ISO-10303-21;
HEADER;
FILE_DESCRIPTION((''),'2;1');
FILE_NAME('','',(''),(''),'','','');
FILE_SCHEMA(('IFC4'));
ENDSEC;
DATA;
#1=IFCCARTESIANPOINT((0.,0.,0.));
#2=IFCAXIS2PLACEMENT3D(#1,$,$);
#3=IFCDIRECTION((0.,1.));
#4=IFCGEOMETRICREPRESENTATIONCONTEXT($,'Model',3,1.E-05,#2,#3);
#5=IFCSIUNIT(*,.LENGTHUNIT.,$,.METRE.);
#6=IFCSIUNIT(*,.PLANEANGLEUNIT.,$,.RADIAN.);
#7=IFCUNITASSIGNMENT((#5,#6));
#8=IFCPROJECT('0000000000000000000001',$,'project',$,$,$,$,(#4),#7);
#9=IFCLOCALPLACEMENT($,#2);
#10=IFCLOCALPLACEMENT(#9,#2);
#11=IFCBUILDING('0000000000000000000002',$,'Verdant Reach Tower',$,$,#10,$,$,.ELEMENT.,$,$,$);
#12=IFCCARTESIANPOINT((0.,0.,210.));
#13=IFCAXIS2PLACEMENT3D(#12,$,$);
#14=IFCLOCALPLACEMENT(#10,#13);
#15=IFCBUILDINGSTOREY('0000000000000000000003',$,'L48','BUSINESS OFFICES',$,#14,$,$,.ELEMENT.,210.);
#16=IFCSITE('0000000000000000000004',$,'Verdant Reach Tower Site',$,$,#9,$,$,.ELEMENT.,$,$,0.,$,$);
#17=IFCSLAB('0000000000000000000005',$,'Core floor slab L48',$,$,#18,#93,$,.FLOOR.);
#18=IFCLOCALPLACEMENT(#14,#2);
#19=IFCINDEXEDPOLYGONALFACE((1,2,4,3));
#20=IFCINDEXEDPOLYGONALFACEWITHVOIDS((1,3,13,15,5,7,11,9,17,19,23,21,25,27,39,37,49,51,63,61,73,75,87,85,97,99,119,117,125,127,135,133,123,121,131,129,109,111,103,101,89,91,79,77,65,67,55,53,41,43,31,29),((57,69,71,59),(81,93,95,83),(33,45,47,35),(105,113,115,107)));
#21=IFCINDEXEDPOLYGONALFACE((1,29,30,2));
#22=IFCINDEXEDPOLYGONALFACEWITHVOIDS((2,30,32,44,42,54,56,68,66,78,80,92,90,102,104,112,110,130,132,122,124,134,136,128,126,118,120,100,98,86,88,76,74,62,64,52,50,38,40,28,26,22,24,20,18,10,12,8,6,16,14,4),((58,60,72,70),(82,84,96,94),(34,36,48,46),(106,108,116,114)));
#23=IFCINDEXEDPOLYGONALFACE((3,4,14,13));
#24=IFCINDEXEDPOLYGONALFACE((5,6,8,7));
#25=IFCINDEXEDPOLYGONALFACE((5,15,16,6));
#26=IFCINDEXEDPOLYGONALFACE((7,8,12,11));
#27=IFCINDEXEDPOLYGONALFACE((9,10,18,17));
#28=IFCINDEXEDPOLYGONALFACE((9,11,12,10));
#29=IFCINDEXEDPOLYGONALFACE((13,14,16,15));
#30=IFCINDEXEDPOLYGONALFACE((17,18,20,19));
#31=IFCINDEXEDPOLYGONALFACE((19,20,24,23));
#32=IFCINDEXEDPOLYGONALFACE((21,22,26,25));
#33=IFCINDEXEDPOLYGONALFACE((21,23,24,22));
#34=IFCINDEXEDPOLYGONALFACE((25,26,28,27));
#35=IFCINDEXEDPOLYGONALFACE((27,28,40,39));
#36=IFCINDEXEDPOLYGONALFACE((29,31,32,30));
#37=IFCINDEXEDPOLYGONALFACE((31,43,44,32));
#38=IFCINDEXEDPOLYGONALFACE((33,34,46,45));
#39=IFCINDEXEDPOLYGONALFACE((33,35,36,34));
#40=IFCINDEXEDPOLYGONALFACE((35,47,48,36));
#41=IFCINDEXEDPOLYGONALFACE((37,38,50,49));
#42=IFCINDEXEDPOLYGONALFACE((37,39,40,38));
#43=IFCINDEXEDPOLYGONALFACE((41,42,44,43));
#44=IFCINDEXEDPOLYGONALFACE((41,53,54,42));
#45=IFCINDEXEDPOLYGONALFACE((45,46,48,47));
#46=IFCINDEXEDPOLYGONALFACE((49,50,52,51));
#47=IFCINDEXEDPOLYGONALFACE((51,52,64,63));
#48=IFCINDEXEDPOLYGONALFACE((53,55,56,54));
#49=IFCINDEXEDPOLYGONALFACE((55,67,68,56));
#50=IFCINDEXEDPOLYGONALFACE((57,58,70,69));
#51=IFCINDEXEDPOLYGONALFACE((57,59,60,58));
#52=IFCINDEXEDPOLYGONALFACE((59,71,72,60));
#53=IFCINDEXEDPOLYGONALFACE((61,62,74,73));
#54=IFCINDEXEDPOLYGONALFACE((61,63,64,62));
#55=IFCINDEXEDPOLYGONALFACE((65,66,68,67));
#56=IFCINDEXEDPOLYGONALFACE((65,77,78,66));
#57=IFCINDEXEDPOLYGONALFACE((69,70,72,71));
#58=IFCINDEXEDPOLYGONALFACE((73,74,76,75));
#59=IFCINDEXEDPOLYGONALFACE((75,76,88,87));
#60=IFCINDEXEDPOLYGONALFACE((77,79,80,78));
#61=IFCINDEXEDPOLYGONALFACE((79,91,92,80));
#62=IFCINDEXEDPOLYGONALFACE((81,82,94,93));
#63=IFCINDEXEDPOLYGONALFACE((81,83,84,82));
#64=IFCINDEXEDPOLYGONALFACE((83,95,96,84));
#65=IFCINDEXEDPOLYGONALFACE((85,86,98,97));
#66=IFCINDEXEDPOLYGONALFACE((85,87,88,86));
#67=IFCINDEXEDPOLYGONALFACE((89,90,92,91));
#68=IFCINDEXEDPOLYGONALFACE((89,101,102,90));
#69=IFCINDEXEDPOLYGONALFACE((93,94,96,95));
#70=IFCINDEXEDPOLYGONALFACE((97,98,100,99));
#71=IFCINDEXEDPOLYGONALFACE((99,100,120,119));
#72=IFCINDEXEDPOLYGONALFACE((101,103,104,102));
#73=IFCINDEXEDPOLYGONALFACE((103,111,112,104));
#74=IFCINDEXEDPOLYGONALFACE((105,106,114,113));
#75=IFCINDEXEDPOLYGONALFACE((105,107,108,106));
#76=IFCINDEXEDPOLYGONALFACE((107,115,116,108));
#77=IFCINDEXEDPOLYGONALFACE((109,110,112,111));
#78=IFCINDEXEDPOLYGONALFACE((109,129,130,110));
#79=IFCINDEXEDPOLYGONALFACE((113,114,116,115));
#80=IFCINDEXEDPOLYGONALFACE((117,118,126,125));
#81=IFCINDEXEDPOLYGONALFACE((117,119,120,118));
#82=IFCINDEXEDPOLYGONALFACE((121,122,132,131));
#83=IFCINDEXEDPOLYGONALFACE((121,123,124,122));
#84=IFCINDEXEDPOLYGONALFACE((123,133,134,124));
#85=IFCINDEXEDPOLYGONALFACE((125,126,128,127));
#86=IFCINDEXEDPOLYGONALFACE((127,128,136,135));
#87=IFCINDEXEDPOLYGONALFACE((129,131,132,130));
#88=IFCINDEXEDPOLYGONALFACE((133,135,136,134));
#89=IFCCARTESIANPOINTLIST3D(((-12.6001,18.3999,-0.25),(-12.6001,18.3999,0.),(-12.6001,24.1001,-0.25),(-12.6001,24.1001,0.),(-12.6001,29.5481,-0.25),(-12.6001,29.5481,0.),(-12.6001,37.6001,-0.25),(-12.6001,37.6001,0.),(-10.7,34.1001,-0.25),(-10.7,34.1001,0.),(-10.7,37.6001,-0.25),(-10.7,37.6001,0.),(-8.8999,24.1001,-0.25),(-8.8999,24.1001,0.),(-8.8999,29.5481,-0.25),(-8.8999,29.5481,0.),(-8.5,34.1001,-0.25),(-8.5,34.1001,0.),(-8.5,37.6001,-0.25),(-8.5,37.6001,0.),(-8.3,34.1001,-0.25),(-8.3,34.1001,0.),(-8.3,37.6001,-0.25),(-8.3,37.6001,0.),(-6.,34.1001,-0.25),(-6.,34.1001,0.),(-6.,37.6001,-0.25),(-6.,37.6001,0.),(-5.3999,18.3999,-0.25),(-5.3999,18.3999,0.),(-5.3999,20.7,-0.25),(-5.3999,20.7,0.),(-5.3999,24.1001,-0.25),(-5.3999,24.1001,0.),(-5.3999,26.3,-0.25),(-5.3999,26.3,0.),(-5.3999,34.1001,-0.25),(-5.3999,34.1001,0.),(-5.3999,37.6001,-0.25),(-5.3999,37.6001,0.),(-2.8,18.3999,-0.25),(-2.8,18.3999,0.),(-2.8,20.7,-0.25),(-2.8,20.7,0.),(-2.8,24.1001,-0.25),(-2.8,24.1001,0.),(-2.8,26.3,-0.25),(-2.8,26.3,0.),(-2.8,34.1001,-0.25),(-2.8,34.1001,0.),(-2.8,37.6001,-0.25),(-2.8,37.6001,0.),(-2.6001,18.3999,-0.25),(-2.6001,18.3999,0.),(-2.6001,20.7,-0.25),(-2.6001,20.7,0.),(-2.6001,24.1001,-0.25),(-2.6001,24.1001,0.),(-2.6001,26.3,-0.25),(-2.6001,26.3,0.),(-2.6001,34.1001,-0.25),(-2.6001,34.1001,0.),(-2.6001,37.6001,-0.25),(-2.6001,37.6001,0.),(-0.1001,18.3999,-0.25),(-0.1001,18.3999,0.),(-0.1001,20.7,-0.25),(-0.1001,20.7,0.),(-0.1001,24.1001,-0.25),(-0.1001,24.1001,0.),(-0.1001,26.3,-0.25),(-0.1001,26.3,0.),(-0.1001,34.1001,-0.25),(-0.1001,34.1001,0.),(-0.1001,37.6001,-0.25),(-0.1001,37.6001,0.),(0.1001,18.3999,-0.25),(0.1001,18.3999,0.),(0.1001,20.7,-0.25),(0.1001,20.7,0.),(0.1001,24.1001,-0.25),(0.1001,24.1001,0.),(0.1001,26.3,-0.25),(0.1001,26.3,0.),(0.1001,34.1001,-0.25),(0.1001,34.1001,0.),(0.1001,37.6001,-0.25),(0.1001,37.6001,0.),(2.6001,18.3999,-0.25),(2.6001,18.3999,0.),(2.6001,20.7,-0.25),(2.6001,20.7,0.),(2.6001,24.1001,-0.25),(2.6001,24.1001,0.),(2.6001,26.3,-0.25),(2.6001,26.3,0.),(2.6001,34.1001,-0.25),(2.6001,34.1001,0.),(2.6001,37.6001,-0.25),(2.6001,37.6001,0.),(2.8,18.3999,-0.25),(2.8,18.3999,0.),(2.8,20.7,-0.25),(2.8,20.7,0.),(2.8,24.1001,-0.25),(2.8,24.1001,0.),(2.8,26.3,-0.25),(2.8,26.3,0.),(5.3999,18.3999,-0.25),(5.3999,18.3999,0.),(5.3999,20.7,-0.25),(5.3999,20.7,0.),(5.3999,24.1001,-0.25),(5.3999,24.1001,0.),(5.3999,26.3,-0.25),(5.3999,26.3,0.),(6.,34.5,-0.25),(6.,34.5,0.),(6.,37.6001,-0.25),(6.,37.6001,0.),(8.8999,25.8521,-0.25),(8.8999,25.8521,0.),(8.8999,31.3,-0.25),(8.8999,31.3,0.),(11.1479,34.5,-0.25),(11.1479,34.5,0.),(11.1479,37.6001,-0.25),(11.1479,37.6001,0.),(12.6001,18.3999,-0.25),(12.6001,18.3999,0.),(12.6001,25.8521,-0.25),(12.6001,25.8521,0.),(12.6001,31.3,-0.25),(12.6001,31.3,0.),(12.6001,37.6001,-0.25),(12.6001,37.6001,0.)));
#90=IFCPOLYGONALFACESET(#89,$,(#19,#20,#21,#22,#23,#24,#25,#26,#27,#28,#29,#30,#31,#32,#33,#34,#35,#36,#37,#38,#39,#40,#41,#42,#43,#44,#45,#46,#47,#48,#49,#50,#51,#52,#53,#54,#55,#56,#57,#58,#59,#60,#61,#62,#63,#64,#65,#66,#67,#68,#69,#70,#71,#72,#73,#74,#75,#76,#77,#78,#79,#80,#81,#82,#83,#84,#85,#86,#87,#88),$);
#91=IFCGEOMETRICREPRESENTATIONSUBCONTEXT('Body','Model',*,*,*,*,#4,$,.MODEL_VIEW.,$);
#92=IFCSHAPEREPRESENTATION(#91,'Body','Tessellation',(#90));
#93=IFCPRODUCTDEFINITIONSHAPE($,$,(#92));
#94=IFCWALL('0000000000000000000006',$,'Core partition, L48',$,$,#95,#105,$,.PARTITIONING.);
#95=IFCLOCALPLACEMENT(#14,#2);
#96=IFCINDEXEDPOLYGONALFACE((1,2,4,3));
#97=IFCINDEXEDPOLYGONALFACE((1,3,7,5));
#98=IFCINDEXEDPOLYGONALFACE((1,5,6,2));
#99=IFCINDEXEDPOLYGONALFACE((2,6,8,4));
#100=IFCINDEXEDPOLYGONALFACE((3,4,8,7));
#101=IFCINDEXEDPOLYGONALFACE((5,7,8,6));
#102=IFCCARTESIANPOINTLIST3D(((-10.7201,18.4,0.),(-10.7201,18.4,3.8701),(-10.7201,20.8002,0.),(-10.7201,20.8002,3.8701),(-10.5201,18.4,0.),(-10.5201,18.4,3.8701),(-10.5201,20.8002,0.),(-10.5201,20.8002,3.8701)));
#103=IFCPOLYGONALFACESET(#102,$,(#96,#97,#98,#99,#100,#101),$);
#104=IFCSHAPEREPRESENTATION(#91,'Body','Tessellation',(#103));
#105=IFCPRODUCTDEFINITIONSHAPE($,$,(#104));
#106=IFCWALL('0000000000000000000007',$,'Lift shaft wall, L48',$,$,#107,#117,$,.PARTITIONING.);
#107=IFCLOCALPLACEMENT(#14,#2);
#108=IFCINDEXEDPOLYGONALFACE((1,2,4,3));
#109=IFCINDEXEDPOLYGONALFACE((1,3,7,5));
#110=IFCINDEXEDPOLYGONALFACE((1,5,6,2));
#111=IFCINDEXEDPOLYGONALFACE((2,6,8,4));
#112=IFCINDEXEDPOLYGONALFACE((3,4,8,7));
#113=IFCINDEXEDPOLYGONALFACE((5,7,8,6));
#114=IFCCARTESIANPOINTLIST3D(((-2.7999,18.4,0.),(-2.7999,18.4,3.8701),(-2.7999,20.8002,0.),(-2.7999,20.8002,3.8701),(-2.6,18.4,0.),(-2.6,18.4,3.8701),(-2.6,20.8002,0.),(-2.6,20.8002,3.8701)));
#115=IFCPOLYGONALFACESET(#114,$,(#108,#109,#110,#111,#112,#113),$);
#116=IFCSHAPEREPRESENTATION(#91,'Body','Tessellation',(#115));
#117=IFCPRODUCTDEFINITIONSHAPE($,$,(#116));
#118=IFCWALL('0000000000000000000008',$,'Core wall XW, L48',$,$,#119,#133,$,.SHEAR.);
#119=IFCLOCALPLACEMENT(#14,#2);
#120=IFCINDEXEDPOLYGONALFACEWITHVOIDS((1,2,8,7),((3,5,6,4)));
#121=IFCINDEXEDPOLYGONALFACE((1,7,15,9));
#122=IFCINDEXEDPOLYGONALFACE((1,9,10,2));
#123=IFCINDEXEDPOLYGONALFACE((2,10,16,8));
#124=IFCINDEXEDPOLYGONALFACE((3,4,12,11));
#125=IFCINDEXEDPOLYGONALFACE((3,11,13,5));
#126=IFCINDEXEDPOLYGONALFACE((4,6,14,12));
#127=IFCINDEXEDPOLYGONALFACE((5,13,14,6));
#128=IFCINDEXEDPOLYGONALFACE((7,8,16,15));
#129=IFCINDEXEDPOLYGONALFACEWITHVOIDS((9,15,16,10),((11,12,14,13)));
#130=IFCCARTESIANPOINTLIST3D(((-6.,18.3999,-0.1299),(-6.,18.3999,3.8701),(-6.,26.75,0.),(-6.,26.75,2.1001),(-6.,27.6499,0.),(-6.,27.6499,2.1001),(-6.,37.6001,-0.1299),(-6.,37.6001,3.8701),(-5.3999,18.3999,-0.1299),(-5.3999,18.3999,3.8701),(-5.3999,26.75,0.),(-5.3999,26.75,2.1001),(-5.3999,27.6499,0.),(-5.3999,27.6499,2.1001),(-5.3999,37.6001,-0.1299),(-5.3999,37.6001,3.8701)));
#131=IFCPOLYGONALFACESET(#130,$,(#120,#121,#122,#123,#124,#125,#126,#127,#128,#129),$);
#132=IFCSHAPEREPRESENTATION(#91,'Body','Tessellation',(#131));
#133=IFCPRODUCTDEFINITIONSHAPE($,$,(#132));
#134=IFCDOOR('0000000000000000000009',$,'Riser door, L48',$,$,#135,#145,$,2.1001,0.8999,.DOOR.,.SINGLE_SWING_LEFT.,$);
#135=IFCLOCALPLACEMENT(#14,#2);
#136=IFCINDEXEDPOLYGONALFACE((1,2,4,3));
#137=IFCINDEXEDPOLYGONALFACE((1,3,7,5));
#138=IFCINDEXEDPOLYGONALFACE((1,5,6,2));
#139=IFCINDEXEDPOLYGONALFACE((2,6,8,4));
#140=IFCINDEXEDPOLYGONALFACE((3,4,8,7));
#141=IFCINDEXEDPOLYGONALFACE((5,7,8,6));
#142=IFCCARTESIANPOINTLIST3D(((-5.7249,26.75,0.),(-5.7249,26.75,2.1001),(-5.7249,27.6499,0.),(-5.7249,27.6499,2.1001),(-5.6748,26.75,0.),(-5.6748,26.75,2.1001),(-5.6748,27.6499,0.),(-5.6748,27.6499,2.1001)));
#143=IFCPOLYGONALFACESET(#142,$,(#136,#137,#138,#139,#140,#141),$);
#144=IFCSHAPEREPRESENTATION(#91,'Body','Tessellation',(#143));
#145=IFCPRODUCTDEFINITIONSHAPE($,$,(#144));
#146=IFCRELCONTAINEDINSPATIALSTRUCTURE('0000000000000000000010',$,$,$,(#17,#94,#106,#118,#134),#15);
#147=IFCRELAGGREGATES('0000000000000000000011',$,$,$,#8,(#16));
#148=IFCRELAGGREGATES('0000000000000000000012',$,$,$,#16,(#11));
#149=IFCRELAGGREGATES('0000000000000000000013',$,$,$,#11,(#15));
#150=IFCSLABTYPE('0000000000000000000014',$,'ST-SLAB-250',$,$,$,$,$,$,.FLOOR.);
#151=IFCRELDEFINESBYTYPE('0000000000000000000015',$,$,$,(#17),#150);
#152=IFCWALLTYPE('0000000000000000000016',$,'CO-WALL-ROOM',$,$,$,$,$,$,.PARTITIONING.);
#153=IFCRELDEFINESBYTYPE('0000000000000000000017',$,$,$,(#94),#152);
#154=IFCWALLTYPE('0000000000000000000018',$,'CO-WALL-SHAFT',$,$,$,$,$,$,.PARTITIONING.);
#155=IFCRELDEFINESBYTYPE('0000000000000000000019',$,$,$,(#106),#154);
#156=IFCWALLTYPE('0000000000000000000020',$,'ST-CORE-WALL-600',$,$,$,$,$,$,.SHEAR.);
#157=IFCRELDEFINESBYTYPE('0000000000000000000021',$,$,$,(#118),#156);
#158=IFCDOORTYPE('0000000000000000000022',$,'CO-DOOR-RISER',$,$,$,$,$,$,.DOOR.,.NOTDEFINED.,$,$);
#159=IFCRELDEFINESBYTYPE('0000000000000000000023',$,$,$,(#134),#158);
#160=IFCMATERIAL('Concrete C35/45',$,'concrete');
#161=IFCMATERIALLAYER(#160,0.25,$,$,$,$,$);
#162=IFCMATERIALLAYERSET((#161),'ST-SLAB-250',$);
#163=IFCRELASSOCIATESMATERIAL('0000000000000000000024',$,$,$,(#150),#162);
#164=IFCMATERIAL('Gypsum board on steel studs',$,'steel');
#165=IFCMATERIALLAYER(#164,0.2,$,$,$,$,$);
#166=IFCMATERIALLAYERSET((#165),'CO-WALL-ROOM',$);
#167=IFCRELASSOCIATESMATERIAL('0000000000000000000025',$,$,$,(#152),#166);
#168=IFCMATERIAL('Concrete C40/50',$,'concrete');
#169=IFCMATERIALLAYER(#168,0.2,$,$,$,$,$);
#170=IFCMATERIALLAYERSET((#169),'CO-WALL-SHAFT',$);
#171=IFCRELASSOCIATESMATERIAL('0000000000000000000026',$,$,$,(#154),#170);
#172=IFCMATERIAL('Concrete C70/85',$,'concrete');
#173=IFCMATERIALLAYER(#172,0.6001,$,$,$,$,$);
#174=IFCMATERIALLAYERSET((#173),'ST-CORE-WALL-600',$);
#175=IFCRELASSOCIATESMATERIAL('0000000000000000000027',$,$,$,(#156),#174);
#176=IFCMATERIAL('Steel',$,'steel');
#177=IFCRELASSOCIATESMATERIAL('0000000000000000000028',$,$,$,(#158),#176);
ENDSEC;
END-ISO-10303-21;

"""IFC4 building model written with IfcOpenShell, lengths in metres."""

from ifc_helpers import new_model, si_unit, direction, frame, frame_2d, origin, place, context, subcontext, project, spatial, polyline, rectangle, outline, extrude, material, layer, layer_set, type_object, element, fill, save


model = new_model("IFC4")

# Units and contexts
model_context = context("Model", 3, precision=1e-05, world=origin(), true_north=direction((0.0, 1.0)))
body_context = subcontext(model_context, "Body", "Model", "MODEL_VIEW")
ifc_project = project(units=[si_unit("LENGTHUNIT", "METRE"), si_unit("PLANEANGLEUNIT", "RADIAN")], contexts=[model_context])

# Site, building, storey
site_placement = place(None, origin())
site = spatial("IfcSite", under=ifc_project, at=site_placement, Name="Verdant Reach Tower Site", CompositionType="ELEMENT", RefElevation=0.0)
building_placement = place(site_placement, origin())
building = spatial("IfcBuilding", under=site, at=building_placement, Name="Verdant Reach Tower", CompositionType="ELEMENT")
storey_placement = place(building_placement, frame((0.0, 0.0, 210.0)))
storey = spatial("IfcBuildingStorey", under=building, at=storey_placement, Name="L48", Description="BUSINESS OFFICES", CompositionType="ELEMENT", Elevation=210.0)

# Shared definitions
ifc_material_1 = material(Name="Concrete C40/50", Category="concrete")

# Slab
ifc_material_2 = material(Name="Concrete C35/45", Category="concrete")
ifc_layer_1 = layer(ifc_material_2, 0.25)
ifc_layer_set_1 = layer_set([ifc_layer_1], Name="ST-SLAB-250")
slab_type_1 = type_object("IfcSlabType", Name="ST-SLAB-250", PredefinedType="FLOOR", material=ifc_layer_set_1)
slab_1_placement = place(storey_placement, frame((0.0, 0.0, -0.25)))
element("IfcSlab", 1, at=slab_1_placement, inside=storey, type_object=slab_type_1, Name="Core floor slab L48", PredefinedType="FLOOR", context=body_context, shape_type="SweptSolid", body=[
    extrude(outline(polyline([(12.6001, 18.3999), (5.3999, 18.3999), (5.3999, 20.7), (2.8, 20.7), (2.8, 18.3999), (2.6001, 18.3999), (2.6001, 20.7), (0.1001, 20.7), (0.1001, 18.3999), (-0.1001, 18.3999), (-0.1001, 20.7), (-2.6001, 20.7), (-2.6001, 18.3999), (-2.8, 18.3999), (-2.8, 20.7), (-5.3999, 20.7), (-5.3999, 18.3999), (-12.6001, 18.3999), (-12.6001, 24.1001), (-8.8999, 24.1001), (-8.8999, 29.5481), (-12.6001, 29.5481), (-12.6001, 37.6001), (-10.7, 37.6001), (-10.7, 34.1001), (-8.5, 34.1001), (-8.5, 37.6001), (-8.3, 37.6001), (-8.3, 34.1001), (-6.0, 34.1001), (-6.0, 37.6001), (-5.3999, 37.6001), (-5.3999, 34.1001), (-2.8, 34.1001), (-2.8, 37.6001), (-2.6001, 37.6001), (-2.6001, 34.1001), (-0.1001, 34.1001), (-0.1001, 37.6001), (0.1001, 37.6001), (0.1001, 34.1001), (2.6001, 34.1001), (2.6001, 37.6001), (6.0, 37.6001), (6.0, 34.5), (11.1479, 34.5), (11.1479, 37.6001), (12.6001, 37.6001), (12.6001, 31.3), (8.8999, 31.3), (8.8999, 25.8521), (12.6001, 25.8521), (12.6001, 18.3999)]), holes=[polyline([(-2.8, 24.1001), (-2.8, 26.3), (-5.3999, 26.3), (-5.3999, 24.1001), (-2.8, 24.1001)]), polyline([(-0.1001, 24.1001), (-0.1001, 26.3), (-2.6001, 26.3), (-2.6001, 24.1001), (-0.1001, 24.1001)]), polyline([(2.6001, 24.1001), (2.6001, 26.3), (0.1001, 26.3), (0.1001, 24.1001), (2.6001, 24.1001)]), polyline([(5.3999, 24.1001), (5.3999, 26.3), (2.8, 26.3), (2.8, 24.1001), (5.3999, 24.1001)])]), origin(), (0.0, 0.0, 1.0), 0.25),
])

# Walls
ifc_material_3 = material(Name="Gypsum board on steel studs", Category="steel")
ifc_layer_2 = layer(ifc_material_3, 0.2)
ifc_layer_set_2 = layer_set([ifc_layer_2], Name="CO-WALL-ROOM")
wall_type_1 = type_object("IfcWallType", Name="CO-WALL-ROOM", PredefinedType="PARTITIONING", material=ifc_layer_set_2)
wall_1_placement = place(storey_placement, frame((-10.6201, 18.3999, 0.0), z_axis=(0.0, 0.0, 1.0), x_axis=(0.0, 1.0, 0.0)))
element("IfcWall", 2, at=wall_1_placement, inside=storey, type_object=wall_type_1, Name="Core partition, L48", PredefinedType="PARTITIONING", context=body_context, shape_type="SweptSolid", body=[
    extrude(rectangle(XDim=2.4001, YDim=0.2, at=frame_2d((1.2002, 0.0))), origin(), (0.0, 0.0, 1.0), 3.8701),
])
ifc_layer_3 = layer(ifc_material_1, 0.2)
ifc_layer_set_3 = layer_set([ifc_layer_3], Name="CO-WALL-SHAFT")
wall_type_2 = type_object("IfcWallType", Name="CO-WALL-SHAFT", PredefinedType="PARTITIONING", material=ifc_layer_set_3)
wall_2_placement = place(storey_placement, frame((-2.7, 18.3999, 0.0), z_axis=(0.0, 0.0, 1.0), x_axis=(0.0, 1.0, 0.0)))
element("IfcWall", 3, at=wall_2_placement, inside=storey, type_object=wall_type_2, Name="Lift shaft wall, L48", PredefinedType="PARTITIONING", context=body_context, shape_type="SweptSolid", body=[
    extrude(rectangle(XDim=2.4001, YDim=0.2, at=frame_2d((1.2002, 0.0))), origin(), (0.0, 0.0, 1.0), 3.8701),
])

# Wall, opening, door
ifc_material_4 = material(Name="Concrete C70/85", Category="concrete")
ifc_layer_4 = layer(ifc_material_4, 0.6001)
ifc_layer_set_4 = layer_set([ifc_layer_4], Name="ST-CORE-WALL-600")
wall_type_3 = type_object("IfcWallType", Name="ST-CORE-WALL-600", PredefinedType="SHEAR", material=ifc_layer_set_4)
wall_3_placement = place(storey_placement, frame((-5.7, 18.3999, -0.1299), z_axis=(0.0, 0.0, 1.0), x_axis=(0.0, 1.0, 0.0)))
wall_3 = element("IfcWall", 4, at=wall_3_placement, inside=storey, type_object=wall_type_3, Name="Core wall XW, L48", PredefinedType="SHEAR", context=body_context, shape_type="SweptSolid", body=[
    extrude(rectangle(XDim=19.2002, YDim=0.6001, at=frame_2d((9.6001, 0.0))), origin(), (0.0, 0.0, 1.0), 4.0),
])
opening_1_placement = place(wall_3_placement, frame((8.3501, 0.0, 0.1299)))
opening_1 = element("IfcOpeningElement", 5, at=opening_1_placement, cuts=wall_3, PredefinedType="OPENING", context=body_context, shape_type="SweptSolid", body=[
    extrude(rectangle(XDim=0.8999, YDim=2.1001, at=frame_2d((0.45, 1.05))), frame((0.0, 0.3101, 0.0), z_axis=(0.0, -1.0, 0.0), x_axis=(1.0, 0.0, 0.0)), (0.0, 0.0, 1.0), 0.6201),
])
ifc_material_5 = material(Name="Steel", Category="steel")
door_type_1 = type_object("IfcDoorType", Name="CO-DOOR-RISER", OperationType="NOTDEFINED", PredefinedType="DOOR", material=ifc_material_5)
door_1_placement = place(opening_1_placement, origin())
door_1 = element("IfcDoor", 6, at=door_1_placement, inside=storey, type_object=door_type_1, Name="Riser door, L48", OperationType="SINGLE_SWING_LEFT", OverallHeight=2.1001, OverallWidth=0.8999, PredefinedType="DOOR", context=body_context, shape_type="SweptSolid", body=[
    extrude(rectangle(XDim=0.8999, YDim=2.1001, at=frame_2d((0.45, 1.05))), frame((0.0, 0.0249, 0.0), z_axis=(0.0, -1.0, 0.0), x_axis=(1.0, 0.0, 0.0)), (0.0, 0.0, 1.0), 0.05),
])
fill(opening_1, door_1)

save(model, "model.ifc")
